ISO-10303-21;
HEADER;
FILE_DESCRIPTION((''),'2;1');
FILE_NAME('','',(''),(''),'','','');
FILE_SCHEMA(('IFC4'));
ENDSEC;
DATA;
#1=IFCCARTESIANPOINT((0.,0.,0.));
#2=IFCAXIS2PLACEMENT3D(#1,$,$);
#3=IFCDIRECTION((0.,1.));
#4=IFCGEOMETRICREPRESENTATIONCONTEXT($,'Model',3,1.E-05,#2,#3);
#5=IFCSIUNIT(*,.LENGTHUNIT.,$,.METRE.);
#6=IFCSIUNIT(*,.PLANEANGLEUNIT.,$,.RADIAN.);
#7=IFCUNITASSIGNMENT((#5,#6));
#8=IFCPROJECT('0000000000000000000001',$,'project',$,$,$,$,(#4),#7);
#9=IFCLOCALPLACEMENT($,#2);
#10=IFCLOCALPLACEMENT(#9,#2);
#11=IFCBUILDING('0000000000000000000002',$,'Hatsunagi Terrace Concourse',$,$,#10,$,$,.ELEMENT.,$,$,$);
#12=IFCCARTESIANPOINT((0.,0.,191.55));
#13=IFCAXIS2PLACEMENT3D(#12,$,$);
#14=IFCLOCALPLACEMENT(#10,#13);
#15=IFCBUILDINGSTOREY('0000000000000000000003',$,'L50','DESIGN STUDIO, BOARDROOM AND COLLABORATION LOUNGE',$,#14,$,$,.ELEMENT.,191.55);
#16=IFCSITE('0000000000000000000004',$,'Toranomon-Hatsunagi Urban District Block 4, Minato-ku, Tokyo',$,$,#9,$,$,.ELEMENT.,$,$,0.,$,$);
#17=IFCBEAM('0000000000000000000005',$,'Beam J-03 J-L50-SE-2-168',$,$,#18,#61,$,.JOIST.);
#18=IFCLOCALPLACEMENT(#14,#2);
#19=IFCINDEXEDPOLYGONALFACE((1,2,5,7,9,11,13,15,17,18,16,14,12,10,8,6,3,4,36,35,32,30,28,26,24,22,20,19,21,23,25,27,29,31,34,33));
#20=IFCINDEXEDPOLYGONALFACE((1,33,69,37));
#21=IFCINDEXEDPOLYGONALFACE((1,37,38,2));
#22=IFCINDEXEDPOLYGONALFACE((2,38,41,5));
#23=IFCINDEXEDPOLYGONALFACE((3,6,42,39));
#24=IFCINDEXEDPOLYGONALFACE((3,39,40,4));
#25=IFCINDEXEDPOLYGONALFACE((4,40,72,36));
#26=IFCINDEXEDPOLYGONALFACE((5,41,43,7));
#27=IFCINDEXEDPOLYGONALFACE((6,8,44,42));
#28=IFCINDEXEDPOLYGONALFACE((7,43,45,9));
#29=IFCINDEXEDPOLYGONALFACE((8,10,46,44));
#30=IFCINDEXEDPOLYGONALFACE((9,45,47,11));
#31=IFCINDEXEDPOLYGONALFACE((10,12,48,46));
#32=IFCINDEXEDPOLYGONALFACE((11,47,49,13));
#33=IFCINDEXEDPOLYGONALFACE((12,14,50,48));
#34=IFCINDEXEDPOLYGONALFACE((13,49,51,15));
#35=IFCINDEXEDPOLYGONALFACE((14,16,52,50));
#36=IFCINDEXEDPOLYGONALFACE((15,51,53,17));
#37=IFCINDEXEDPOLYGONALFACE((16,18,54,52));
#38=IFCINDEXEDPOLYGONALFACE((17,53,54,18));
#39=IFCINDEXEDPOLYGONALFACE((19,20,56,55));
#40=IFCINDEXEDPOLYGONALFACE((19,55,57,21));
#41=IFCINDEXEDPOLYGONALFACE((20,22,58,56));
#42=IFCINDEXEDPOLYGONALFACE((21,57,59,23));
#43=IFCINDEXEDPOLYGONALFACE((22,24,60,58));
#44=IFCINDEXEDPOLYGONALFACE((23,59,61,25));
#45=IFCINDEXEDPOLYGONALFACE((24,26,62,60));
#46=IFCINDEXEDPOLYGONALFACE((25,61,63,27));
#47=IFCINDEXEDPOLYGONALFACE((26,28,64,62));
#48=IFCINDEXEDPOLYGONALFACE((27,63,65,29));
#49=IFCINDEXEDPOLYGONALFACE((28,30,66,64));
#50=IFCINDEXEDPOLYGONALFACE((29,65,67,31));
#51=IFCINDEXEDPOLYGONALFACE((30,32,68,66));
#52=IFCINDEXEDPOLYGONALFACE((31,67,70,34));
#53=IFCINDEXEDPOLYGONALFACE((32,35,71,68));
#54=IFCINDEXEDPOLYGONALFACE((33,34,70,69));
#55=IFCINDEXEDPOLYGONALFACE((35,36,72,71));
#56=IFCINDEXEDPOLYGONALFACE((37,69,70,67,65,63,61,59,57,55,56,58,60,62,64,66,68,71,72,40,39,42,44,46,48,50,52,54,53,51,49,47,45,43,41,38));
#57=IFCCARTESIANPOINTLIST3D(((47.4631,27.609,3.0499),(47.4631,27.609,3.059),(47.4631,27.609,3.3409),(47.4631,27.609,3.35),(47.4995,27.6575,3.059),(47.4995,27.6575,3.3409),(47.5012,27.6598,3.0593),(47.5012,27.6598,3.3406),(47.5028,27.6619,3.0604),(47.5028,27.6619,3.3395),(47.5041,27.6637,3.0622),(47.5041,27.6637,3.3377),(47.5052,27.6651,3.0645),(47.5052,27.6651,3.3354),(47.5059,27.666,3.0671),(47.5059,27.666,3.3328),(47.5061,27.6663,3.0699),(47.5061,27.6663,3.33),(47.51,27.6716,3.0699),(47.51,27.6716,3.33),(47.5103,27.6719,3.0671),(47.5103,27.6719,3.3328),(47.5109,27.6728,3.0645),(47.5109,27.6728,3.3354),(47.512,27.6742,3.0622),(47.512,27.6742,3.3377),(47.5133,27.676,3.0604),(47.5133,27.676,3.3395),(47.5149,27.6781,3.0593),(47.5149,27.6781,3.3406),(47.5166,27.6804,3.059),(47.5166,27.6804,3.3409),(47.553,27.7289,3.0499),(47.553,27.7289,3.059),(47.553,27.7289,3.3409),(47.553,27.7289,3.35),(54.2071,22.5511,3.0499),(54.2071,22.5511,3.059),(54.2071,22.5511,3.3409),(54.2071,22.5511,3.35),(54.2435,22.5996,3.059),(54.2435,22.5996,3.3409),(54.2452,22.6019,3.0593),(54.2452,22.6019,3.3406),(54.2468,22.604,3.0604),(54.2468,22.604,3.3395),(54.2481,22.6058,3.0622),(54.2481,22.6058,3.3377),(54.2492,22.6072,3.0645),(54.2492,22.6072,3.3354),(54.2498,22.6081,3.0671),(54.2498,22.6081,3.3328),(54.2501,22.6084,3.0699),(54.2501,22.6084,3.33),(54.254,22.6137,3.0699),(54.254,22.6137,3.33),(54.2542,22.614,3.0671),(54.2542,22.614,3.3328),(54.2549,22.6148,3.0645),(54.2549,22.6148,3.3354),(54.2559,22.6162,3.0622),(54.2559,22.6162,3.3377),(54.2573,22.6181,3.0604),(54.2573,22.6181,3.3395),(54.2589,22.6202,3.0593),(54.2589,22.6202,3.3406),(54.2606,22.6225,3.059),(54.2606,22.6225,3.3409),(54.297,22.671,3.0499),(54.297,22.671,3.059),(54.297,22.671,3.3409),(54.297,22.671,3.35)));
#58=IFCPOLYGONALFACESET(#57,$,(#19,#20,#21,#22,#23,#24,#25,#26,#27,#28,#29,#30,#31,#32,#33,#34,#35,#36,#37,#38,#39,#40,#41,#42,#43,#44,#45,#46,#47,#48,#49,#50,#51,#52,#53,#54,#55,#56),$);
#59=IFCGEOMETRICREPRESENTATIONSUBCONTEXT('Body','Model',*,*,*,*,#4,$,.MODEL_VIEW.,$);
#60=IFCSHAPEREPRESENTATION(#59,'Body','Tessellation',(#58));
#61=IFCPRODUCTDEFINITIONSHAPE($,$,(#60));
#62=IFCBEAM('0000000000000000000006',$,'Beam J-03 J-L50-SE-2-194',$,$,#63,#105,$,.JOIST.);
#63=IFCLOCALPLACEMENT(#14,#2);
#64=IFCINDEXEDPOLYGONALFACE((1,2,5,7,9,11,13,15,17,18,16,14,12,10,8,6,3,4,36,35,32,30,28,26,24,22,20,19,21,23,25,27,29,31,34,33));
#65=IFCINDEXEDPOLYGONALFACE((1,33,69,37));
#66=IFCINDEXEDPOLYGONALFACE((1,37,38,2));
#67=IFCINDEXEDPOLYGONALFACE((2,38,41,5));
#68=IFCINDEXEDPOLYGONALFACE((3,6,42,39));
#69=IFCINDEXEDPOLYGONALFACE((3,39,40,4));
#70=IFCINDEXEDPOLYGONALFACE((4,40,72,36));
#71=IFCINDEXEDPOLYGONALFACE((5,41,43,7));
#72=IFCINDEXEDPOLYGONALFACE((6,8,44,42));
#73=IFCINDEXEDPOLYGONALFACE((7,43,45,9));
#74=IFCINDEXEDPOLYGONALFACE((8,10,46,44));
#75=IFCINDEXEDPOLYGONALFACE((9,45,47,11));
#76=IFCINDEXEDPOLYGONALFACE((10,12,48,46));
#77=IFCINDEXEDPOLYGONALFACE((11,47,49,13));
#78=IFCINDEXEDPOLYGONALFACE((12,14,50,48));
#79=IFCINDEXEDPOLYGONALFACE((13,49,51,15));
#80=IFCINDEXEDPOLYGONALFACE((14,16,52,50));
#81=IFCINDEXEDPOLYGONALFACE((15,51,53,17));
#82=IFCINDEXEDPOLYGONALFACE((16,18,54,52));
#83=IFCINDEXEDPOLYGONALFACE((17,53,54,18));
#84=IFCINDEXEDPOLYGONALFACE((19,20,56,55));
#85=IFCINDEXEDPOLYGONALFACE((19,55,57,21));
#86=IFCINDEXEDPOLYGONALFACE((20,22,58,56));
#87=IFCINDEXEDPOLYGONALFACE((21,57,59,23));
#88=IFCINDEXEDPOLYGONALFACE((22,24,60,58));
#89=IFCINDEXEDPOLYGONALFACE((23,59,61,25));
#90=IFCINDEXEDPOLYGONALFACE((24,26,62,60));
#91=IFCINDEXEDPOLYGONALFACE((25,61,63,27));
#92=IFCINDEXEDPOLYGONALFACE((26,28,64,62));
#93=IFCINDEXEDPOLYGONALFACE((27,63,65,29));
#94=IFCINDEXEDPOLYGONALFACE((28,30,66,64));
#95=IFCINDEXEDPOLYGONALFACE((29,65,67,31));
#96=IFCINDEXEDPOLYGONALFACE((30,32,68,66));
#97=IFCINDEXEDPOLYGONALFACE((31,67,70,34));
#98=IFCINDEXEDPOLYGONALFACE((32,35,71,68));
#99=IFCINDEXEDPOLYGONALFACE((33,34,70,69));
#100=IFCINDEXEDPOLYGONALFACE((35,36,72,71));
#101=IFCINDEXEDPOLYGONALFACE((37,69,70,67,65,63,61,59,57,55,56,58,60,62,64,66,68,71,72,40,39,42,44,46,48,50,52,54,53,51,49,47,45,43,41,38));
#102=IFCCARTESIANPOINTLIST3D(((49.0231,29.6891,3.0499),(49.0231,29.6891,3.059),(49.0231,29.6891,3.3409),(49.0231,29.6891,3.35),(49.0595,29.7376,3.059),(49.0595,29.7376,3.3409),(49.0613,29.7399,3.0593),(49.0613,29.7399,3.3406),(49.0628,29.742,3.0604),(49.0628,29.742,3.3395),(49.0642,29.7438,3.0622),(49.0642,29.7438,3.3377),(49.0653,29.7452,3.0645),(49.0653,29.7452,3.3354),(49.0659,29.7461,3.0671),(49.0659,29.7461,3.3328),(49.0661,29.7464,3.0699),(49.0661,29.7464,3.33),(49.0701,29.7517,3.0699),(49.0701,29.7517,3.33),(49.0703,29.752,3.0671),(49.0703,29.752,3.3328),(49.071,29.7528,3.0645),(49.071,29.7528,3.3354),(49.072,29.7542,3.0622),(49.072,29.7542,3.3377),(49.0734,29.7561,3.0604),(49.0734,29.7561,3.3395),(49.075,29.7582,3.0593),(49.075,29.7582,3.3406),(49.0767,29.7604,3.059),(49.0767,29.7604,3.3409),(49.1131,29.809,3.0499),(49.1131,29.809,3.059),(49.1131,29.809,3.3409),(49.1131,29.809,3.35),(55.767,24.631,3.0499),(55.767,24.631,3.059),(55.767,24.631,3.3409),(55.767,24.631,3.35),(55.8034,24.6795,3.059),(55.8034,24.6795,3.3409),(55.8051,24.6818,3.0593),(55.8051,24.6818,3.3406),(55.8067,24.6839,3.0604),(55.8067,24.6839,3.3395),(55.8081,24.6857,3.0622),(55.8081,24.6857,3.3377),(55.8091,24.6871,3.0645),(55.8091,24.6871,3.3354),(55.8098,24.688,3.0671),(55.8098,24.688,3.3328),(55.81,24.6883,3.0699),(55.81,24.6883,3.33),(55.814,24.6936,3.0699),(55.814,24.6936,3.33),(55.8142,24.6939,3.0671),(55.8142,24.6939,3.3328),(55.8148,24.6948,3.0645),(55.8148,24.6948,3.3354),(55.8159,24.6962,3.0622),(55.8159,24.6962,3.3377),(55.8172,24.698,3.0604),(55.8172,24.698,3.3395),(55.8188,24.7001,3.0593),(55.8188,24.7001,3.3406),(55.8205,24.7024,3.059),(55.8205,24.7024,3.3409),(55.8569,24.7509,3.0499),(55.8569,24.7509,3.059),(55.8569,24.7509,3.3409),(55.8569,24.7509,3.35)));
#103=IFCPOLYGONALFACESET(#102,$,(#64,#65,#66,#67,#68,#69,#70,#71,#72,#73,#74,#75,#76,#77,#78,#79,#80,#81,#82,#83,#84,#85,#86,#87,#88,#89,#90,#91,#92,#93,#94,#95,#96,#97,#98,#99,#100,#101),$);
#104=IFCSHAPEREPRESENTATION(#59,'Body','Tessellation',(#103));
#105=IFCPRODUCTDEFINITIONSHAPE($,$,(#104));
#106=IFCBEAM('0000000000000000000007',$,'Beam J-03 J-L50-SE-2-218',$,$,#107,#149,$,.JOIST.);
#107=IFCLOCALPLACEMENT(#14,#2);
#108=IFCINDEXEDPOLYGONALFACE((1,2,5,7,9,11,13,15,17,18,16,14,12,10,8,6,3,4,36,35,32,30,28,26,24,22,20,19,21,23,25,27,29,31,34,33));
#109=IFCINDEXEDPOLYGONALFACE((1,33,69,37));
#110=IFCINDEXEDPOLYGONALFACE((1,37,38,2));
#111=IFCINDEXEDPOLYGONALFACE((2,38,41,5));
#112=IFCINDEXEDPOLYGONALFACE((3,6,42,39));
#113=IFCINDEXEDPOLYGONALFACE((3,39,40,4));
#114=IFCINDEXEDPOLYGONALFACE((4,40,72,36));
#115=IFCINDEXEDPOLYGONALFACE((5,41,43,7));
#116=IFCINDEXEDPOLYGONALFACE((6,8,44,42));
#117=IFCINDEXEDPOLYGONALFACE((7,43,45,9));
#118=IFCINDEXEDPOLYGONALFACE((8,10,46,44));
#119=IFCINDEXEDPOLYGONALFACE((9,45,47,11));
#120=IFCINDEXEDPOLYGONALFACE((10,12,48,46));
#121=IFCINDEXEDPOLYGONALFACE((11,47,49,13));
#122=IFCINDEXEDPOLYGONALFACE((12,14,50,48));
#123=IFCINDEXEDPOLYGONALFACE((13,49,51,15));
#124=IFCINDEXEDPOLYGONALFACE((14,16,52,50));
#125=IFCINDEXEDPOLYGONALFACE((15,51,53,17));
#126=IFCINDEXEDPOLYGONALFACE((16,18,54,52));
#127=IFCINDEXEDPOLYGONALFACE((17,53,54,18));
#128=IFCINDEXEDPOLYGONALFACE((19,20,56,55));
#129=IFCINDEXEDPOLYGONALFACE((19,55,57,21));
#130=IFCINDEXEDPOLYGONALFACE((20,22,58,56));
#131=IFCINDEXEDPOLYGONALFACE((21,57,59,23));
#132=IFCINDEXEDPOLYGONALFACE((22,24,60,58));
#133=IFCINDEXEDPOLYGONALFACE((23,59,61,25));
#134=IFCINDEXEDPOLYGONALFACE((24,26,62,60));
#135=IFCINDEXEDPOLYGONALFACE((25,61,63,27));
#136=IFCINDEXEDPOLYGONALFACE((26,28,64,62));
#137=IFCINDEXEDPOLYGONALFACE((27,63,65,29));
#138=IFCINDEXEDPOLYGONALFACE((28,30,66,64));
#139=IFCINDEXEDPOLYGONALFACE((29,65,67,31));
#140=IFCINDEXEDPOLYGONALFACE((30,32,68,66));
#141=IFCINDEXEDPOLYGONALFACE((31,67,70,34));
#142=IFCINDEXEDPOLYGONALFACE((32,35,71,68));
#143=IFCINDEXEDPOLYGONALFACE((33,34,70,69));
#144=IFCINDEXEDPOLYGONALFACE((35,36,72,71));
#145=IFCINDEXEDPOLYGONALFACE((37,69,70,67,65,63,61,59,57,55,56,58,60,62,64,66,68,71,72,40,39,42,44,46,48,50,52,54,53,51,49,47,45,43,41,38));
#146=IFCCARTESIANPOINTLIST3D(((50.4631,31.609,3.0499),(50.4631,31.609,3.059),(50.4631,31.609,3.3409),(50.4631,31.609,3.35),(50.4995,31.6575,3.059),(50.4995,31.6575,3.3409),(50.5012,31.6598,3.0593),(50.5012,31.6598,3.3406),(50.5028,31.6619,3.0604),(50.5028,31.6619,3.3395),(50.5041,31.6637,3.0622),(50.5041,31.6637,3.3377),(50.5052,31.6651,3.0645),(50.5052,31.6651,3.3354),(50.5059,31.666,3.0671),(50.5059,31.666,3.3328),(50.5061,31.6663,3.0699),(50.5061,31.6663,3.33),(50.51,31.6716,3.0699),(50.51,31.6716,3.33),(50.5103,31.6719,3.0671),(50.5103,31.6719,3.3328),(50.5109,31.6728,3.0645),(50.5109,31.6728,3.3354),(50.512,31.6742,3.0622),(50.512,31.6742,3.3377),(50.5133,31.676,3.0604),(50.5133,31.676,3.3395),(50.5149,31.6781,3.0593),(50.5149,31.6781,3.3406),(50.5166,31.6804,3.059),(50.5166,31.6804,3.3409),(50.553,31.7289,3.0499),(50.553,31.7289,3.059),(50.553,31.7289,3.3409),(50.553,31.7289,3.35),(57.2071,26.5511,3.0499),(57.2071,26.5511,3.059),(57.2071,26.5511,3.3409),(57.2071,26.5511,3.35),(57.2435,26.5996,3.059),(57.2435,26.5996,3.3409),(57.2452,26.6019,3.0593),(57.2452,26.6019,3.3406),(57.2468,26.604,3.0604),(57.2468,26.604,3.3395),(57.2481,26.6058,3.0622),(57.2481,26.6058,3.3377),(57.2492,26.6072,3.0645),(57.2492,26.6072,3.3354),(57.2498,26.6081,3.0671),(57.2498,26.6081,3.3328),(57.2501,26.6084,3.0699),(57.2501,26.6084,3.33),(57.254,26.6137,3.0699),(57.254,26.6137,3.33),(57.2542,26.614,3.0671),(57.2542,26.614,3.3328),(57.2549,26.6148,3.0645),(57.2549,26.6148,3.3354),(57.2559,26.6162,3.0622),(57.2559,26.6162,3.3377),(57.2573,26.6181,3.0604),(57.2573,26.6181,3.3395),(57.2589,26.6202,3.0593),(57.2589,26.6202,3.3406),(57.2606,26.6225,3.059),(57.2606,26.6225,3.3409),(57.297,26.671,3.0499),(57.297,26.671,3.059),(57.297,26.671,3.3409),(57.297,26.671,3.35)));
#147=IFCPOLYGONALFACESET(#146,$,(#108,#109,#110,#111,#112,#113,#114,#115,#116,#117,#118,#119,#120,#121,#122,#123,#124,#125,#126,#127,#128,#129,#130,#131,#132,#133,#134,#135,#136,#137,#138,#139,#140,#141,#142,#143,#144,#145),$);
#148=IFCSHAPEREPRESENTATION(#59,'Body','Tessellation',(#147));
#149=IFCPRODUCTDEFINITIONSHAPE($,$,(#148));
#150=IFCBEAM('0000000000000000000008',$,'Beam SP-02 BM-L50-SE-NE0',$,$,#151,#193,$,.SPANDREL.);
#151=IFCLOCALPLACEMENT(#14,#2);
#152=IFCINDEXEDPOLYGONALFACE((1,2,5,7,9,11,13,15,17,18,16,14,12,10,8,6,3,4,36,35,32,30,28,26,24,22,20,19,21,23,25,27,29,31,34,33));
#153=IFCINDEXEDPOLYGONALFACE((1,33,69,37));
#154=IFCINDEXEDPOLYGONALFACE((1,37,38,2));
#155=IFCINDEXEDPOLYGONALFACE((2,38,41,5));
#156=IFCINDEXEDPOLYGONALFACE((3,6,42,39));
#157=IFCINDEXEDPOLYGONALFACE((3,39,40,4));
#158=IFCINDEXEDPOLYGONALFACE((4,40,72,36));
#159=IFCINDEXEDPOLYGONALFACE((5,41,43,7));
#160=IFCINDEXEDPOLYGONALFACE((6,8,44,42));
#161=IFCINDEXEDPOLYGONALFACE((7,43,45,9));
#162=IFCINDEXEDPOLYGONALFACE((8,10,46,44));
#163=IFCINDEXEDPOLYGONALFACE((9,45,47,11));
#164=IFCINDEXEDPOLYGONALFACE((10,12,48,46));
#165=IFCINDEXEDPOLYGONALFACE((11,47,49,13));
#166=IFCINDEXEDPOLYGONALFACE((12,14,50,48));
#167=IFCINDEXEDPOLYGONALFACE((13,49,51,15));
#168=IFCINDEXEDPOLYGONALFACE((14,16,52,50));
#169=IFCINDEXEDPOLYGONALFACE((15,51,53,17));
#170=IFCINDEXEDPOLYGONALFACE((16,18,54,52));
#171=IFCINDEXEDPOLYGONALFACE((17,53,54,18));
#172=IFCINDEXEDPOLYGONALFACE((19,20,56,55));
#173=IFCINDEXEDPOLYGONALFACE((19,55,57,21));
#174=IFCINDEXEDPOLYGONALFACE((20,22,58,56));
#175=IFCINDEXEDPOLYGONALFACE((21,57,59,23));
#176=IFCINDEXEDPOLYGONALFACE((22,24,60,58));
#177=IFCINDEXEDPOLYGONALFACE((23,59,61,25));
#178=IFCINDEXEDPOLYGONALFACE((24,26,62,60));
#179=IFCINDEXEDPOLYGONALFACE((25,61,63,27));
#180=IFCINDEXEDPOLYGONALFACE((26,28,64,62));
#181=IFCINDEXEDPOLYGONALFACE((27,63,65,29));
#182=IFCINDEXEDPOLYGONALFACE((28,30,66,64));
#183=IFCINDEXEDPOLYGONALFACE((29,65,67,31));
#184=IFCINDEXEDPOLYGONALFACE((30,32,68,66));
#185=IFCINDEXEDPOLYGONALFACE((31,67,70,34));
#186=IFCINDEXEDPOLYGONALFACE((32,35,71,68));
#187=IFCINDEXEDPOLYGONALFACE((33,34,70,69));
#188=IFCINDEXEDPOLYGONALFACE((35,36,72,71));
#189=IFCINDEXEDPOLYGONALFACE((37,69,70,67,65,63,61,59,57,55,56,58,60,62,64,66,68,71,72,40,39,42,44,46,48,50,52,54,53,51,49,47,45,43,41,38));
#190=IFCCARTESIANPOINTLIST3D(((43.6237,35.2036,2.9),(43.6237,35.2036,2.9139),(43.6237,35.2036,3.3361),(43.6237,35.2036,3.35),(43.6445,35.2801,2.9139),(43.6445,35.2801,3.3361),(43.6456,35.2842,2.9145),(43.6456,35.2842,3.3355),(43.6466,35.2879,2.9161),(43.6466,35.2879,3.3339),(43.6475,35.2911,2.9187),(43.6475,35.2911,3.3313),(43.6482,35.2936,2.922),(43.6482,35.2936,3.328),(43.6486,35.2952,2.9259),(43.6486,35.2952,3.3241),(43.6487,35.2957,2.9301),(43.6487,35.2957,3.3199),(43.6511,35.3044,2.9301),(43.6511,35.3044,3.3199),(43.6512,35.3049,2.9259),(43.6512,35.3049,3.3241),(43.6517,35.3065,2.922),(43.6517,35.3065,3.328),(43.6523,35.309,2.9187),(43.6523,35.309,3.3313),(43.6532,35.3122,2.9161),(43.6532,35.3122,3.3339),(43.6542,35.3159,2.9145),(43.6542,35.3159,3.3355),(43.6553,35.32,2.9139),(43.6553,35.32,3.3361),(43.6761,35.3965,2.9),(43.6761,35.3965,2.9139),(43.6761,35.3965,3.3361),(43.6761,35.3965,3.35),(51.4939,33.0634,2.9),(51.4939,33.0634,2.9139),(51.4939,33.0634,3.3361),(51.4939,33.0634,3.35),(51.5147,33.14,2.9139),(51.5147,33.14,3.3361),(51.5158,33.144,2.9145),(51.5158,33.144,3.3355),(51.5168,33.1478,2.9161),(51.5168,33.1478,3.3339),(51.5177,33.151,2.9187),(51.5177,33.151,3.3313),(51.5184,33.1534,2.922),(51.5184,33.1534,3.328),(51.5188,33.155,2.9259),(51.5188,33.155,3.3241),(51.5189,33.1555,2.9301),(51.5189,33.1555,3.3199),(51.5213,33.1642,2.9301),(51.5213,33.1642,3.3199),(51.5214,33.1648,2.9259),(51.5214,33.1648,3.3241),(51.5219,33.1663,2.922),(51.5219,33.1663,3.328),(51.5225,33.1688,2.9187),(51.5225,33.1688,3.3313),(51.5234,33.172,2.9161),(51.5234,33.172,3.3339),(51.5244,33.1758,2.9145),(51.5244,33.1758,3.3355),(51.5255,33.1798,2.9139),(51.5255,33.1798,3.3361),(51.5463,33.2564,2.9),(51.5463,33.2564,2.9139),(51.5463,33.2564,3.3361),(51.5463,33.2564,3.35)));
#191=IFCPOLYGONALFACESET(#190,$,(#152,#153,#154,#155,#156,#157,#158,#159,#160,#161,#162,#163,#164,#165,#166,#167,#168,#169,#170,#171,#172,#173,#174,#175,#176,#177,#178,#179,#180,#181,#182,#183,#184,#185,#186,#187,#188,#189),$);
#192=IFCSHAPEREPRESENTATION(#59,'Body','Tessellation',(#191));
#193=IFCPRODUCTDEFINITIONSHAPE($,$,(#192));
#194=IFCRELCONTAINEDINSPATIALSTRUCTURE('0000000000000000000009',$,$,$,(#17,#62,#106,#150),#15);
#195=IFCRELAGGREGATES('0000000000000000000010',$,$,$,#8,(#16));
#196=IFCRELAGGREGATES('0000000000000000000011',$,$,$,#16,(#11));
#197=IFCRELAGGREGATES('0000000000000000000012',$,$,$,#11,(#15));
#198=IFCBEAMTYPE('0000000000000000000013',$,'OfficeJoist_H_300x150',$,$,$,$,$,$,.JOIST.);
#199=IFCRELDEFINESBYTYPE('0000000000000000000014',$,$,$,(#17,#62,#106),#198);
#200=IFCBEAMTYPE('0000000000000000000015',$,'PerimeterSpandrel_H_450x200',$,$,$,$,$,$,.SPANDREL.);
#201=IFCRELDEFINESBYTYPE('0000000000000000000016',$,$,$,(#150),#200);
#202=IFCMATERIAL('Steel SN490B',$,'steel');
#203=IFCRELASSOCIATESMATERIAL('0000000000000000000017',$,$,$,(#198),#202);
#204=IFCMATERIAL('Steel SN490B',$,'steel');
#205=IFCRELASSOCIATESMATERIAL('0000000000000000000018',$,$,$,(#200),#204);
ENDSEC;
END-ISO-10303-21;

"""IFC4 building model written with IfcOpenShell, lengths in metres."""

from ifc_helpers import new_model, si_unit, direction, frame, origin, origin_2d, place, context, subcontext, project, spatial, i_section, extrude, material, material_profile, profile_set, type_object, element, save


model = new_model("IFC4")

# Units and contexts
model_context = context("Model", 3, precision=1e-05, world=origin(), true_north=direction((0.0, 1.0)))
body_context = subcontext(model_context, "Body", "Model", "MODEL_VIEW")
ifc_project = project(units=[si_unit("LENGTHUNIT", "METRE"), si_unit("PLANEANGLEUNIT", "RADIAN")], contexts=[model_context])

# Site, building, storey
site_placement = place(None, origin())
site = spatial("IfcSite", under=ifc_project, at=site_placement, Name="Toranomon-Hatsunagi Urban District Block 4, Minato-ku, Tokyo", CompositionType="ELEMENT", RefElevation=0.0)
building_placement = place(site_placement, origin())
building = spatial("IfcBuilding", under=site, at=building_placement, Name="Hatsunagi Terrace Concourse", CompositionType="ELEMENT")
storey_placement = place(building_placement, frame((0.0, 0.0, 191.55)))
storey = spatial("IfcBuildingStorey", under=building, at=storey_placement, Name="L50", Description="DESIGN STUDIO, BOARDROOM AND COLLABORATION LOUNGE", CompositionType="ELEMENT", Elevation=191.55)

# Beams
ifc_material_1 = material(Name="Steel SN490B", Category="steel")
ifc_material_profile_1 = material_profile(ifc_material_1, i_section(OverallWidth=0.1499, OverallDepth=0.3, WebThickness=0.0066, FlangeThickness=0.009, FilletRadius=0.011, at=origin_2d()), Name="H-300x150x6.5x9")
ifc_profile_set_1 = profile_set([ifc_material_profile_1], Name="Steel SN490B")
beam_type_1 = type_object("IfcBeamType", Name="OfficeJoist_H_300x150", PredefinedType="JOIST", material=ifc_profile_set_1)
for number, where, z_axis, x_axis, name in (
    (1, (47.5081, 27.6689, 3.2), (0.800003, -0.599995, 0.0), (0.599995, 0.800003, 0.0), "Beam J-03 J-L50-SE-2-168"),
    (2, (49.0681, 29.749, 3.2), (0.79999, -0.600014, 0.0), (0.600014, 0.79999, 0.0), "Beam J-03 J-L50-SE-2-194"),
    (3, (50.5081, 31.6689, 3.2), (0.800003, -0.599995, 0.0), (0.599995, 0.800003, 0.0), "Beam J-03 J-L50-SE-2-218"),
):
    element("IfcBeam", number, at=place(storey_placement, frame(where, z_axis=z_axis, x_axis=x_axis)), inside=storey, type_object=beam_type_1, Name=name, PredefinedType="JOIST", context=body_context, shape_type="SweptSolid", body=[
        extrude(i_section(OverallWidth=0.1499, OverallDepth=0.3, WebThickness=0.0066, FlangeThickness=0.009, FilletRadius=0.011, at=origin_2d()), origin(), (0.0, 0.0, 1.0), 8.4299),
    ])
ifc_material_2 = material(Name="Steel SN490B", Category="steel")
ifc_material_profile_2 = material_profile(ifc_material_2, i_section(OverallWidth=0.2, OverallDepth=0.45, WebThickness=0.009, FlangeThickness=0.0139, FilletRadius=0.0161, at=origin_2d()), Name="H-450x200x9x14")
ifc_profile_set_2 = profile_set([ifc_material_profile_2], Name="Steel SN490B")
beam_type_2 = type_object("IfcBeamType", Name="PerimeterSpandrel_H_450x200", PredefinedType="SPANDREL", material=ifc_profile_set_2)
beam_1_placement = place(storey_placement, frame((43.6499, 35.3, 3.125), z_axis=(0.964958, -0.262403, 0.0), x_axis=(0.262403, 0.964958, 0.0)))
element("IfcBeam", 4, at=beam_1_placement, inside=storey, type_object=beam_type_2, Name="Beam SP-02 BM-L50-SE-NE0", PredefinedType="SPANDREL", context=body_context, shape_type="SweptSolid", body=[
    extrude(i_section(OverallWidth=0.2, OverallDepth=0.45, WebThickness=0.009, FlangeThickness=0.0139, FilletRadius=0.0161, at=origin_2d()), origin(), (0.0, 0.0, 1.0), 8.156),
])

save(model, "model.ifc")
